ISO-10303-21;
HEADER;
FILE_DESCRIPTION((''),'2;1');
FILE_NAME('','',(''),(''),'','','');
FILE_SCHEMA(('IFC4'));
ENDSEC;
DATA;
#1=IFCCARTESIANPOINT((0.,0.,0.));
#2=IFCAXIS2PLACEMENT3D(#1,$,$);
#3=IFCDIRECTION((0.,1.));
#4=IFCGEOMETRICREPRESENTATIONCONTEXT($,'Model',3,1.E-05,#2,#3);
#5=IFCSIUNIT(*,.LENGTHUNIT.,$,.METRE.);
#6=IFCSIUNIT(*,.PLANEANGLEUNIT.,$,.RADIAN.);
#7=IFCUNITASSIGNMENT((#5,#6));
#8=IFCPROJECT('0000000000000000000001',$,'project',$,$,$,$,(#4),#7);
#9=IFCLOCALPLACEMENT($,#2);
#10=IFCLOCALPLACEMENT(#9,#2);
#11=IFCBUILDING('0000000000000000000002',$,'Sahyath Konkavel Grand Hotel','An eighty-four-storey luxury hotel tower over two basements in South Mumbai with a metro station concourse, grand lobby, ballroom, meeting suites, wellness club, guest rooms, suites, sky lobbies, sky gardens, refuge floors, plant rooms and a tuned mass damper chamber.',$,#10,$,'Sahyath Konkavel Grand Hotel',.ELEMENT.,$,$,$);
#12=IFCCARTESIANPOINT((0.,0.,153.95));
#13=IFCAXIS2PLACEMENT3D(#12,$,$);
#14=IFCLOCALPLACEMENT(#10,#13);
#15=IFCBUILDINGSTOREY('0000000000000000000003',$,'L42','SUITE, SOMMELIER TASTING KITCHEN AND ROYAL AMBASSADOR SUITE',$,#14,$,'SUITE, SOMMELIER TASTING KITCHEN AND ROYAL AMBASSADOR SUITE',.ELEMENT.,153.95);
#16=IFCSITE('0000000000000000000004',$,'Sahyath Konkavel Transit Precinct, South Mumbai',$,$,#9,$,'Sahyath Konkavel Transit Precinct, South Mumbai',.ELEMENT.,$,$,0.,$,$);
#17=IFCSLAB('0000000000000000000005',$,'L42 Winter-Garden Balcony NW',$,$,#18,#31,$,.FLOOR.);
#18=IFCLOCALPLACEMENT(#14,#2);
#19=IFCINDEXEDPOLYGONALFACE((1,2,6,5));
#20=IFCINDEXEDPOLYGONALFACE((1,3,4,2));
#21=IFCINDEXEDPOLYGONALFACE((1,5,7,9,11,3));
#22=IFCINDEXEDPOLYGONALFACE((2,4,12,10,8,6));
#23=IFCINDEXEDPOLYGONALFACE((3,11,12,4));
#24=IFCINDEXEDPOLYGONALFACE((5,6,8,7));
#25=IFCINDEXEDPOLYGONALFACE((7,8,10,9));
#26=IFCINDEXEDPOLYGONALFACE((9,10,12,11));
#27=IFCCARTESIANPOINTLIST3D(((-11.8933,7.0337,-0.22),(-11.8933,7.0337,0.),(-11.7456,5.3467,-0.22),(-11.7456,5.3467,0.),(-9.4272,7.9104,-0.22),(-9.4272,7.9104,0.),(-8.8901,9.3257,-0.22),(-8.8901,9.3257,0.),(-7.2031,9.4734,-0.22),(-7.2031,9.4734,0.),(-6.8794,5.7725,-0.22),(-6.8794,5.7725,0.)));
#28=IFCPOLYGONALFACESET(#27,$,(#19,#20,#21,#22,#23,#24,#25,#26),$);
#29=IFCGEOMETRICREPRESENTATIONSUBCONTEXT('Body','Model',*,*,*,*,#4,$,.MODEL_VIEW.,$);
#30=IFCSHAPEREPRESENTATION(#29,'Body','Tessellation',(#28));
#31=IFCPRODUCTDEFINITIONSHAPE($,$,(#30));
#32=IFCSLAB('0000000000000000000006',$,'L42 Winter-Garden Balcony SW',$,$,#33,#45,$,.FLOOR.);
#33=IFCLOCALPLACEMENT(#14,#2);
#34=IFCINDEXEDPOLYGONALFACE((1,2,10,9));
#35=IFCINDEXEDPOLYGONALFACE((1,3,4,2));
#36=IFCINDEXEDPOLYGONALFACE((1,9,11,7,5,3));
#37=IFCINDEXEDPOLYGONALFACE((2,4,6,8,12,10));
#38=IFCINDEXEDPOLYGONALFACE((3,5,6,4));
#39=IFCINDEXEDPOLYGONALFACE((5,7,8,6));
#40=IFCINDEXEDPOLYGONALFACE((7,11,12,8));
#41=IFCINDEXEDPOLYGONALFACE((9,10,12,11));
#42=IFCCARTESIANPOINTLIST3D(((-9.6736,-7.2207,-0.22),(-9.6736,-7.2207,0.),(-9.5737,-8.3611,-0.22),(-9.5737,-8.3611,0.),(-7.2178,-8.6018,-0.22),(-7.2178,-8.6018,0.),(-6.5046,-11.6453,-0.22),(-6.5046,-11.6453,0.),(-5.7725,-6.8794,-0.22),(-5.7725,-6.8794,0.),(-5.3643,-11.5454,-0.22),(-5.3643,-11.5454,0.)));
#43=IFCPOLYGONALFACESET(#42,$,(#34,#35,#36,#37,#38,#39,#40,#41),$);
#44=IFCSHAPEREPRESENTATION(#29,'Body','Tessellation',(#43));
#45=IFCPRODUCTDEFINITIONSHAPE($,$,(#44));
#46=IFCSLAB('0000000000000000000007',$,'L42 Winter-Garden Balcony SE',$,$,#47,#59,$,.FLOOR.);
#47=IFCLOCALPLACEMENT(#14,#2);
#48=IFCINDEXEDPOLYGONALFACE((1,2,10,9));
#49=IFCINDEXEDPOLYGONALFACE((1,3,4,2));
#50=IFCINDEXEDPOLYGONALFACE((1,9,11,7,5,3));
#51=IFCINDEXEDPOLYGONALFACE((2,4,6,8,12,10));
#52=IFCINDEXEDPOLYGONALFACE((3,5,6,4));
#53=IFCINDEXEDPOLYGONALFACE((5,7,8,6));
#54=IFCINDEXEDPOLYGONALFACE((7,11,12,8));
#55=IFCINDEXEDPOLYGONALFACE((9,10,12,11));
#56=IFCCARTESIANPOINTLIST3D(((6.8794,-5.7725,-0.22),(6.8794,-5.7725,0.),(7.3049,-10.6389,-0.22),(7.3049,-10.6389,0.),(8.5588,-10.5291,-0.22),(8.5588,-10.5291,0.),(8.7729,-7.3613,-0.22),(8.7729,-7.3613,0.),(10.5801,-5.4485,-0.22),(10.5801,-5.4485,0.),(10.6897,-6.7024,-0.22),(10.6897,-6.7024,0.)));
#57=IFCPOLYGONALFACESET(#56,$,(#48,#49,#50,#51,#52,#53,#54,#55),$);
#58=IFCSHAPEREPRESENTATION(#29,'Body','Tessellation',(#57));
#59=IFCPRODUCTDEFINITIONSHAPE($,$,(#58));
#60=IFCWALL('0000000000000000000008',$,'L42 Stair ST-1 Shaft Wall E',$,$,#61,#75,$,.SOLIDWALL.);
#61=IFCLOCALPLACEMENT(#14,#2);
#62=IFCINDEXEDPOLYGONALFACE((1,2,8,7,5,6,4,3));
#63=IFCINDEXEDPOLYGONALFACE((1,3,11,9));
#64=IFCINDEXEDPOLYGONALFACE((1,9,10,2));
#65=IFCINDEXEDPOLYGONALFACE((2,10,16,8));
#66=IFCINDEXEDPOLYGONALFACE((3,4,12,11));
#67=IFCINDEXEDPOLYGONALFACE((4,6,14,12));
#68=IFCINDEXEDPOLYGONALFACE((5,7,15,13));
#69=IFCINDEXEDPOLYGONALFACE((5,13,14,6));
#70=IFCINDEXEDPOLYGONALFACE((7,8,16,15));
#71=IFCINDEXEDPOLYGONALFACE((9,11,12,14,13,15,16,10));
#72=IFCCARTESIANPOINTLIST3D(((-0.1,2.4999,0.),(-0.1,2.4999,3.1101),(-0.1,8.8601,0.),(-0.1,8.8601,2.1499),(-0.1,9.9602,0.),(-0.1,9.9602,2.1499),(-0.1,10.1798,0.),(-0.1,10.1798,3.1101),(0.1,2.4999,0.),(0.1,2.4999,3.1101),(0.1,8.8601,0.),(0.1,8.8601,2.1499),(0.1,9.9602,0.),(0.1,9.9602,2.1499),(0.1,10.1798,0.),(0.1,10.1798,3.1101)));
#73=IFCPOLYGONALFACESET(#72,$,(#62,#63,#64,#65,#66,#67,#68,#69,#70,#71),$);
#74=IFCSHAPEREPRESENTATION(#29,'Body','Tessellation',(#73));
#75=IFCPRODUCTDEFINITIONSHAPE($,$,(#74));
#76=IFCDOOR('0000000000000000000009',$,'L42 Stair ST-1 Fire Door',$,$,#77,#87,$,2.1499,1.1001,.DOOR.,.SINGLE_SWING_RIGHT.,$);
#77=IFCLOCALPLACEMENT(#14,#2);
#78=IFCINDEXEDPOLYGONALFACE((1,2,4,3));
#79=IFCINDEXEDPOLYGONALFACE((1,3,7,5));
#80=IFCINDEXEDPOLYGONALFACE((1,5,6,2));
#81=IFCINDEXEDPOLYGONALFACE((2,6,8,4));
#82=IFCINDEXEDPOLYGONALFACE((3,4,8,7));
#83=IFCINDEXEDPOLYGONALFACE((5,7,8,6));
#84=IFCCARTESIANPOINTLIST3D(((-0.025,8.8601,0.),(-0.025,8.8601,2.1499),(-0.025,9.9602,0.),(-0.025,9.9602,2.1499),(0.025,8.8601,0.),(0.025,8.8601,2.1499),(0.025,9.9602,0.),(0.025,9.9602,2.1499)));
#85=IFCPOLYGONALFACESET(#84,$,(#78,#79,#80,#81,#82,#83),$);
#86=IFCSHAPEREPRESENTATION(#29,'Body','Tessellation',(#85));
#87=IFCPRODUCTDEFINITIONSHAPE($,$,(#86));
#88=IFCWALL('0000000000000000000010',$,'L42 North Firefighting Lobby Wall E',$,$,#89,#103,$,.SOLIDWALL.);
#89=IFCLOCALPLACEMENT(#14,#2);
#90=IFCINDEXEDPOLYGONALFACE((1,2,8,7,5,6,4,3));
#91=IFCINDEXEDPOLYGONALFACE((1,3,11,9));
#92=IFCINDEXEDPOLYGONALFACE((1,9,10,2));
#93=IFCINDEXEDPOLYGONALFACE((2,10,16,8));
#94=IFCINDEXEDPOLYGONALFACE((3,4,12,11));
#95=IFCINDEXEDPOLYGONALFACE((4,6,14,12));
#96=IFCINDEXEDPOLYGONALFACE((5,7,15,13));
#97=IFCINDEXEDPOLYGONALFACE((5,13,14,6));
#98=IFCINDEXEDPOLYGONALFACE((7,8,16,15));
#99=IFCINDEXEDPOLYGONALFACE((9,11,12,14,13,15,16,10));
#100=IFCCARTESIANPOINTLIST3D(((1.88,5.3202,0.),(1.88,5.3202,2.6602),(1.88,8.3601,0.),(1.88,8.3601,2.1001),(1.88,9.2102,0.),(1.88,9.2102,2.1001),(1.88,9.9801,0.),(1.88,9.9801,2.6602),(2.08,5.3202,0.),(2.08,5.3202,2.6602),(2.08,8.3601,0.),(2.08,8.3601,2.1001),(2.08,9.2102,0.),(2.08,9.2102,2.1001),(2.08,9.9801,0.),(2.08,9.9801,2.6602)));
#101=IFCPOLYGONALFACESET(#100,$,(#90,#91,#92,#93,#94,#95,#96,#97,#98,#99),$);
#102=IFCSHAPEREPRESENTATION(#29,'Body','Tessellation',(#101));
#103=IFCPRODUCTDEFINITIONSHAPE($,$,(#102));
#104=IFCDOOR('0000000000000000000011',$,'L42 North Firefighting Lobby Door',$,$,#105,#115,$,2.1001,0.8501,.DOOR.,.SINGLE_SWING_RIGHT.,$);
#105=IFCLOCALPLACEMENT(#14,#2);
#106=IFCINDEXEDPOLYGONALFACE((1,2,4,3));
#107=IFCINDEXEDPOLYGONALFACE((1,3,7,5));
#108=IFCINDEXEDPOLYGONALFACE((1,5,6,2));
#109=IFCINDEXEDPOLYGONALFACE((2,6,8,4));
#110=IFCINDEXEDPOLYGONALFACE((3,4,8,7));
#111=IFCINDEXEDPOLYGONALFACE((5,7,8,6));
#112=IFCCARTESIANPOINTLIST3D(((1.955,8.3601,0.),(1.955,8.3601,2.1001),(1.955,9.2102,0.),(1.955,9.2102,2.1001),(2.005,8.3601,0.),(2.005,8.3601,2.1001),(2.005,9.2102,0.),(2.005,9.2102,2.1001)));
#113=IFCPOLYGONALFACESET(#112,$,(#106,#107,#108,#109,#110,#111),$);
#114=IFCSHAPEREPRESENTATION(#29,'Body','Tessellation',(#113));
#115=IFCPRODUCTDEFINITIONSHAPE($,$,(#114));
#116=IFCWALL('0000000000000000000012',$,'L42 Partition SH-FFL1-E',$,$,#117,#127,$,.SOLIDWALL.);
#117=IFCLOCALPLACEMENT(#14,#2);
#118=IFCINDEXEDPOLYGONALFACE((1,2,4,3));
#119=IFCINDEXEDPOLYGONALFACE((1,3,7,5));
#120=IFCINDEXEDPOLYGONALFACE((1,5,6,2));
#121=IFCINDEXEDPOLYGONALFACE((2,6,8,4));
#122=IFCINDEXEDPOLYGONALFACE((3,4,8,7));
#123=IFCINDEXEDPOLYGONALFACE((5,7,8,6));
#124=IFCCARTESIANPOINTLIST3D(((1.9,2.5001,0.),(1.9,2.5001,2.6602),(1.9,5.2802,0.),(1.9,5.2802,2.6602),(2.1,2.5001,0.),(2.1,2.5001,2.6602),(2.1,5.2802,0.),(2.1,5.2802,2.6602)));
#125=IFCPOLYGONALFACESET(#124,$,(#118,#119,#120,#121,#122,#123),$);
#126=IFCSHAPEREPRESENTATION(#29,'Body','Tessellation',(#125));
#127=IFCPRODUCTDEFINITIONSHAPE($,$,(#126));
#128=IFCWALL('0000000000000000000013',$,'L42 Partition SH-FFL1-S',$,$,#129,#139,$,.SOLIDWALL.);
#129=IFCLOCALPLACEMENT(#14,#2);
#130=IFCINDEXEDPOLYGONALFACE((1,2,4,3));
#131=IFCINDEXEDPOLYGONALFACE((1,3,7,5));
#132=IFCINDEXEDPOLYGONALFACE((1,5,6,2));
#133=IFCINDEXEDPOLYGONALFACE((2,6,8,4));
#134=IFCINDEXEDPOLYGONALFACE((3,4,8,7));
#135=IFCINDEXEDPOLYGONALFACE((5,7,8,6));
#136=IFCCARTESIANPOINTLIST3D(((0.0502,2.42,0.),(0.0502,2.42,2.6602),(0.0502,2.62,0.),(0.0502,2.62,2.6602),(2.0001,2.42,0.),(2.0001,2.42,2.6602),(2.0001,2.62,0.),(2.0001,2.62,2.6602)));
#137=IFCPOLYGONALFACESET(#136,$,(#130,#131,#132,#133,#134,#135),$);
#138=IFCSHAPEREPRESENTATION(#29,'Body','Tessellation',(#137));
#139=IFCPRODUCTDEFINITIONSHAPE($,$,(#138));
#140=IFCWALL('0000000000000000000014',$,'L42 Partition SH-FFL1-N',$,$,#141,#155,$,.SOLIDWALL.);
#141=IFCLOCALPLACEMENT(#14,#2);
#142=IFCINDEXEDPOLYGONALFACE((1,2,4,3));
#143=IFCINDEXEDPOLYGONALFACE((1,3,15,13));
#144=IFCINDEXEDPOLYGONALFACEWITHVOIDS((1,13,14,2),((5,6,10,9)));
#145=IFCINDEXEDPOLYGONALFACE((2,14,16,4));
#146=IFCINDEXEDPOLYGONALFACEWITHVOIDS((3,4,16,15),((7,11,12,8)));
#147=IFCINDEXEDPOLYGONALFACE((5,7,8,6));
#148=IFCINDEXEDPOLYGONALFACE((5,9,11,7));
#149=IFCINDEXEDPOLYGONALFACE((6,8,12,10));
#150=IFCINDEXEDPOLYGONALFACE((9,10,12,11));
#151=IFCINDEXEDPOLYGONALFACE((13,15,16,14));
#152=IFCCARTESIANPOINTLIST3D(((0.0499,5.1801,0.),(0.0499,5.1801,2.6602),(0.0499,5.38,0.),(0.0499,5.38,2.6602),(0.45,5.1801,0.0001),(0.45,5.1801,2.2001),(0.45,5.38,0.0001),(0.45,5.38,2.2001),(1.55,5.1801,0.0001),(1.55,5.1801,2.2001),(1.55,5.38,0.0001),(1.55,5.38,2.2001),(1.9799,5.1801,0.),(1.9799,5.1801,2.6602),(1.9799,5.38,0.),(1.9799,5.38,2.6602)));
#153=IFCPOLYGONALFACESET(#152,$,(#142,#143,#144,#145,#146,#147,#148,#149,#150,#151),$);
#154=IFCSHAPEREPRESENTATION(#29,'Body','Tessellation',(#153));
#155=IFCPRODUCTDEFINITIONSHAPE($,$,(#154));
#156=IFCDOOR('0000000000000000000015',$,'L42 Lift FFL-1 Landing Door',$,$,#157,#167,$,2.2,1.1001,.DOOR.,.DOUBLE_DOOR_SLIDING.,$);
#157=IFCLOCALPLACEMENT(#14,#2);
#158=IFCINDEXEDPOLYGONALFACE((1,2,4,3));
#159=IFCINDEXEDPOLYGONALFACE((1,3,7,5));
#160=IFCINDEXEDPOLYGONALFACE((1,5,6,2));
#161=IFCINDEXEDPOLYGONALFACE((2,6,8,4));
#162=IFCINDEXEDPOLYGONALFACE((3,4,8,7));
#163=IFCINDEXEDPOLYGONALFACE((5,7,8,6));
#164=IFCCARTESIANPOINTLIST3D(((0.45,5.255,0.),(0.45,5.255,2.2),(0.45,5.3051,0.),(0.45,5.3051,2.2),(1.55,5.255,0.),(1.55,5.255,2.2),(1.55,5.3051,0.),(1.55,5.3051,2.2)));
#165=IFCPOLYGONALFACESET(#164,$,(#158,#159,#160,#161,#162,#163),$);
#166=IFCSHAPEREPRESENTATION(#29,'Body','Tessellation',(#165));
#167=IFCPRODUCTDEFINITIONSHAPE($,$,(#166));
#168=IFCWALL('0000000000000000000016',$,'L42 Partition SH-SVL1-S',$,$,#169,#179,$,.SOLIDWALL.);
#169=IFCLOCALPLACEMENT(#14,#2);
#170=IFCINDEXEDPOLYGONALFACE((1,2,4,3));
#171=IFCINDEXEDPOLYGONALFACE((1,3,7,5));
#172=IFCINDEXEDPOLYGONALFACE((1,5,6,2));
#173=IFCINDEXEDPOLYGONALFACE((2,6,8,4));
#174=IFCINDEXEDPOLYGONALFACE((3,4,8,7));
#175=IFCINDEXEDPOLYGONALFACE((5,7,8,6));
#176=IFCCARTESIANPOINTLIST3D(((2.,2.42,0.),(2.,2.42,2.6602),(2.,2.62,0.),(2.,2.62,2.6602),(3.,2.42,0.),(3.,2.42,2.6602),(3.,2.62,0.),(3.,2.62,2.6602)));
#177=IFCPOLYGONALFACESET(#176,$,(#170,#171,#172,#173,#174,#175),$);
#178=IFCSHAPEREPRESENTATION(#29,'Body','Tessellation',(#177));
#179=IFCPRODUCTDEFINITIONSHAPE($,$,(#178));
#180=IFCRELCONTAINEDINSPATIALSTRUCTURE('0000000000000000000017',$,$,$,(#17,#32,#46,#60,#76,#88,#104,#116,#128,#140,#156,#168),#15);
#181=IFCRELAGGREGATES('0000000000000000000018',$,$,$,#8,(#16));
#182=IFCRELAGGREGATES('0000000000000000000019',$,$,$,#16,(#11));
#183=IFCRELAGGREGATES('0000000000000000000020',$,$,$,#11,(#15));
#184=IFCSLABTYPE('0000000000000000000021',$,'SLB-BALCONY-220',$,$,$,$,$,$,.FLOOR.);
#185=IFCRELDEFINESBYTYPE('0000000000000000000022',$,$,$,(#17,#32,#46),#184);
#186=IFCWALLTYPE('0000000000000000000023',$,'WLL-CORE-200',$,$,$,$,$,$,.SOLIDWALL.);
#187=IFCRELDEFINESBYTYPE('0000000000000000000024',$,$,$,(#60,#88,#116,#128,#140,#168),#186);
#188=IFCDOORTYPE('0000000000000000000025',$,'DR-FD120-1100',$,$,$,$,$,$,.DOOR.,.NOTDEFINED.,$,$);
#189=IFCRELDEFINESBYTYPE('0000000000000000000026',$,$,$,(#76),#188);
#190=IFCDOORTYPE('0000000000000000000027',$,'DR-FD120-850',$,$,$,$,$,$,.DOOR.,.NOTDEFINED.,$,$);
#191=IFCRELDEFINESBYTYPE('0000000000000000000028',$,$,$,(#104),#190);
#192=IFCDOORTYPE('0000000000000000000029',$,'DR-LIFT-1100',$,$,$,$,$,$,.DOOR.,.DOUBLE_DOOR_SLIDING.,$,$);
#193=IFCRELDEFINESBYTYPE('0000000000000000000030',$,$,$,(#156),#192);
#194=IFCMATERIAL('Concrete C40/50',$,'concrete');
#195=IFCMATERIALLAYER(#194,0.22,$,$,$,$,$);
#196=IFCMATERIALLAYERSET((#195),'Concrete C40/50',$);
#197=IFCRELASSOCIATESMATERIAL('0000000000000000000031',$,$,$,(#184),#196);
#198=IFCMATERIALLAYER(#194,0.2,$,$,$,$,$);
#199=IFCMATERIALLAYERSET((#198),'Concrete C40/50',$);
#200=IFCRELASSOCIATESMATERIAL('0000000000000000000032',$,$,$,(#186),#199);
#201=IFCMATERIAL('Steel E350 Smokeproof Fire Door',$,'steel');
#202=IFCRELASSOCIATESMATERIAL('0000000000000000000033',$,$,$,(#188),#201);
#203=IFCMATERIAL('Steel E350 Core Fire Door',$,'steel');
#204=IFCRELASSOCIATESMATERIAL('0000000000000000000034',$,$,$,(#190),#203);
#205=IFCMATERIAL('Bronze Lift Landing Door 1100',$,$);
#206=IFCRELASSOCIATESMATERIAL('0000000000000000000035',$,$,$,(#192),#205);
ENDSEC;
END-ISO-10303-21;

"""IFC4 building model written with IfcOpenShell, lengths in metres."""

from ifc_helpers import new_model, si_unit, direction, frame, frame_2d, origin, origin_2d, place, context, subcontext, project, spatial, polyline, rectangle, outline, extrude, source, transform, mapped, material, layer, layer_set, type_object, element, fill, save


model = new_model("IFC4")

# Units and contexts
model_context = context("Model", 3, precision=1e-05, world=origin(), true_north=direction((0.0, 1.0)))
body_context = subcontext(model_context, "Body", "Model", "MODEL_VIEW")
ifc_project = project(units=[si_unit("LENGTHUNIT", "METRE"), si_unit("PLANEANGLEUNIT", "RADIAN")], contexts=[model_context])

# Site, building, storey
site_placement = place(None, origin())
site = spatial("IfcSite", under=ifc_project, at=site_placement, Name="Sahyath Konkavel Transit Precinct, South Mumbai", LongName="Sahyath Konkavel Transit Precinct, South Mumbai", CompositionType="ELEMENT", RefElevation=0.0)
building_placement = place(site_placement, origin())
building = spatial("IfcBuilding", under=site, at=building_placement, Name="Sahyath Konkavel Grand Hotel", Description="An eighty-four-storey luxury hotel tower over two basements in South Mumbai with a metro station concourse, grand lobby, ballroom, meeting suites, wellness club, guest rooms, suites, sky lobbies, sky gardens, refuge floors, plant rooms and a tuned mass damper chamber.", LongName="Sahyath Konkavel Grand Hotel", CompositionType="ELEMENT")
storey_placement = place(building_placement, frame((0.0, 0.0, 153.95)))
storey = spatial("IfcBuildingStorey", under=building, at=storey_placement, Name="L42", Description="SUITE, SOMMELIER TASTING KITCHEN AND ROYAL AMBASSADOR SUITE", LongName="SUITE, SOMMELIER TASTING KITCHEN AND ROYAL AMBASSADOR SUITE", CompositionType="ELEMENT", Elevation=153.95)

# Slabs
ifc_material_1 = material(Name="Concrete C40/50", Category="concrete")
ifc_layer_1 = layer(ifc_material_1, 0.22)
ifc_layer_set_1 = layer_set([ifc_layer_1], Name="Concrete C40/50")
slab_type = type_object("IfcSlabType", Name="SLB-BALCONY-220", PredefinedType="FLOOR", material=ifc_layer_set_1)
slab_1_placement = place(storey_placement, frame((0.0, 0.0, -0.22)))
element("IfcSlab", 1, at=slab_1_placement, inside=storey, type_object=slab_type, Name="L42 Winter-Garden Balcony NW", PredefinedType="FLOOR", context=body_context, shape_type="SweptSolid", body=[
    extrude(outline(polyline([(-6.8794, 5.7725), (-7.2031, 9.4734), (-8.8901, 9.3257), (-9.4272, 7.9104), (-11.8933, 7.0337), (-11.7456, 5.3467), (-6.8794, 5.7725)])), origin(), (0.0, 0.0, 1.0), 0.22),
])
slab_2_placement = place(storey_placement, frame((0.0, 0.0, -0.22)))
element("IfcSlab", 2, at=slab_2_placement, inside=storey, type_object=slab_type, Name="L42 Winter-Garden Balcony SW", PredefinedType="FLOOR", context=body_context, shape_type="SweptSolid", body=[
    extrude(outline(polyline([(-5.7725, -6.8794), (-9.6736, -7.2207), (-9.5737, -8.3611), (-7.2178, -8.6018), (-6.5046, -11.6453), (-5.3643, -11.5454), (-5.7725, -6.8794)])), origin(), (0.0, 0.0, 1.0), 0.22),
])
slab_3_placement = place(storey_placement, frame((0.0, 0.0, -0.22)))
element("IfcSlab", 3, at=slab_3_placement, inside=storey, type_object=slab_type, Name="L42 Winter-Garden Balcony SE", PredefinedType="FLOOR", context=body_context, shape_type="SweptSolid", body=[
    extrude(outline(polyline([(6.8794, -5.7725), (7.3049, -10.6389), (8.5588, -10.5291), (8.7729, -7.3613), (10.6897, -6.7024), (10.5801, -5.4485), (6.8794, -5.7725)])), origin(), (0.0, 0.0, 1.0), 0.22),
])

# Walls, openings, doors
ifc_layer_2 = layer(ifc_material_1, 0.2)
ifc_layer_set_2 = layer_set([ifc_layer_2], Name="Concrete C40/50")
wall_type_1 = type_object("IfcWallType", Name="WLL-CORE-200", PredefinedType="SOLIDWALL", material=ifc_layer_set_2)
wall_1_placement = place(storey_placement, frame((0.0, 2.5, 0.0), z_axis=(0.0, 0.0, 1.0), x_axis=(0.0, 1.0, 0.0)))
wall_1 = element("IfcWall", 4, at=wall_1_placement, inside=storey, type_object=wall_type_1, Name="L42 Stair ST-1 Shaft Wall E", PredefinedType="SOLIDWALL", context=body_context, shape_type="SweptSolid", body=[
    extrude(rectangle(XDim=7.6799, YDim=0.2, at=frame_2d((3.8398, 0.0))), origin(), (0.0, 0.0, 1.0), 3.1101),
])
opening_1_placement = place(wall_1_placement, frame((6.3601, 0.0, 0.0)))
opening_1 = element("IfcOpeningElement", 5, at=opening_1_placement, cuts=wall_1, PredefinedType="OPENING", context=body_context, shape_type="SweptSolid", body=[
    extrude(rectangle(XDim=1.1001, YDim=2.1499, at=frame_2d((0.55, 1.075))), frame((0.0, 0.1099, 0.0), z_axis=(0.0, -1.0, 0.0), x_axis=(1.0, 0.0, 0.0)), (0.0, 0.0, 1.0), 0.22),
])
ifc_material_2 = material(Name="Steel E350 Smokeproof Fire Door", Category="steel")
door_type_1 = type_object("IfcDoorType", Name="DR-FD120-1100", OperationType="NOTDEFINED", PredefinedType="DOOR", material=ifc_material_2)
shared_shape_1 = source(origin(), body_context, "Body", "SweptSolid", [
    extrude(rectangle(XDim=1.1001, YDim=0.05, at=origin_2d()), origin(), (0.0, 0.0, 1.0), 2.1499),
])
door_1_placement = place(opening_1_placement, frame((0.55, 0.0, 0.0)))
door_1 = element("IfcDoor", 6, at=door_1_placement, inside=storey, type_object=door_type_1, Name="L42 Stair ST-1 Fire Door", OperationType="SINGLE_SWING_RIGHT", OverallHeight=2.1499, OverallWidth=1.1001, PredefinedType="DOOR", context=body_context, shape_type="MappedRepresentation", body=[
    mapped(shared_shape_1, transform((0.0, 0.0, 0.0), scale=1.0)),
])
fill(opening_1, door_1)
wall_2_placement = place(storey_placement, frame((1.98, 5.3201, 0.0), z_axis=(0.0, 0.0, 1.0), x_axis=(0.0, 1.0, 0.0)))
wall_2 = element("IfcWall", 7, at=wall_2_placement, inside=storey, type_object=wall_type_1, Name="L42 North Firefighting Lobby Wall E", PredefinedType="SOLIDWALL", context=body_context, shape_type="SweptSolid", body=[
    extrude(rectangle(XDim=4.6599, YDim=0.2, at=frame_2d((2.3301, 0.0))), origin(), (0.0, 0.0, 1.0), 2.6602),
])
opening_2_placement = place(wall_2_placement, frame((3.04, 0.0, 0.0)))
opening_2 = element("IfcOpeningElement", 8, at=opening_2_placement, cuts=wall_2, PredefinedType="OPENING", context=body_context, shape_type="SweptSolid", body=[
    extrude(rectangle(XDim=0.8501, YDim=2.1001, at=frame_2d((0.425, 1.05))), frame((0.0, 0.1099, 0.0), z_axis=(0.0, -1.0, 0.0), x_axis=(1.0, 0.0, 0.0)), (0.0, 0.0, 1.0), 0.22),
])
ifc_material_3 = material(Name="Steel E350 Core Fire Door", Category="steel")
door_type_2 = type_object("IfcDoorType", Name="DR-FD120-850", OperationType="NOTDEFINED", PredefinedType="DOOR", material=ifc_material_3)
shared_shape_2 = source(origin(), body_context, "Body", "SweptSolid", [
    extrude(rectangle(XDim=0.8501, YDim=0.05, at=origin_2d()), origin(), (0.0, 0.0, 1.0), 2.1001),
])
door_2_placement = place(opening_2_placement, frame((0.425, 0.0, 0.0)))
door_2 = element("IfcDoor", 9, at=door_2_placement, inside=storey, type_object=door_type_2, Name="L42 North Firefighting Lobby Door", OperationType="SINGLE_SWING_RIGHT", OverallHeight=2.1001, OverallWidth=0.8501, PredefinedType="DOOR", context=body_context, shape_type="MappedRepresentation", body=[
    mapped(shared_shape_2, transform((0.0, 0.0, 0.0), scale=1.0)),
])
fill(opening_2, door_2)

# Walls
wall_3_placement = place(storey_placement, frame((2.0, 2.5, 0.0), z_axis=(0.0, 0.0, 1.0), x_axis=(0.0, 1.0, 0.0)))
element("IfcWall", 10, at=wall_3_placement, inside=storey, type_object=wall_type_1, Name="L42 Partition SH-FFL1-E", PredefinedType="SOLIDWALL", context=body_context, shape_type="SweptSolid", body=[
    extrude(rectangle(XDim=2.78, YDim=0.2, at=frame_2d((1.3901, 0.0))), origin(), (0.0, 0.0, 1.0), 2.6602),
])
wall_4_placement = place(storey_placement, frame((0.05, 2.52, 0.0), z_axis=(0.0, 0.0, 1.0), x_axis=(1.0, 0.0, 0.0)))
element("IfcWall", 11, at=wall_4_placement, inside=storey, type_object=wall_type_1, Name="L42 Partition SH-FFL1-S", PredefinedType="SOLIDWALL", context=body_context, shape_type="SweptSolid", body=[
    extrude(rectangle(XDim=1.95, YDim=0.2, at=frame_2d((0.9751, 0.0))), origin(), (0.0, 0.0, 1.0), 2.6602),
])

# Wall, opening, door
wall_5_placement = place(storey_placement, frame((0.05, 5.28, 0.0), z_axis=(0.0, 0.0, 1.0), x_axis=(1.0, 0.0, 0.0)))
wall_5 = element("IfcWall", 12, at=wall_5_placement, inside=storey, type_object=wall_type_1, Name="L42 Partition SH-FFL1-N", PredefinedType="SOLIDWALL", context=body_context, shape_type="SweptSolid", body=[
    extrude(rectangle(XDim=1.9299, YDim=0.2, at=frame_2d((0.9648, 0.0))), origin(), (0.0, 0.0, 1.0), 2.6602),
])
opening_3_placement = place(wall_5_placement, frame((0.3999, 0.0, 0.0)))
opening_3 = element("IfcOpeningElement", 13, at=opening_3_placement, cuts=wall_5, PredefinedType="OPENING", context=body_context, shape_type="SweptSolid", body=[
    extrude(rectangle(XDim=1.1001, YDim=2.2, at=frame_2d((0.55, 1.1001))), frame((0.0, 0.1099, 0.0), z_axis=(0.0, -1.0, 0.0), x_axis=(1.0, 0.0, 0.0)), (0.0, 0.0, 1.0), 0.22),
])
ifc_material_4 = material(Name="Bronze Lift Landing Door 1100")
door_type_3 = type_object("IfcDoorType", Name="DR-LIFT-1100", OperationType="DOUBLE_DOOR_SLIDING", PredefinedType="DOOR", material=ifc_material_4)
shared_shape_3 = source(origin(), body_context, "Body", "SweptSolid", [
    extrude(rectangle(XDim=1.1001, YDim=0.05, at=origin_2d()), origin(), (0.0, 0.0, 1.0), 2.2),
])
door_3_placement = place(opening_3_placement, frame((0.55, 0.0, 0.0)))
door_3 = element("IfcDoor", 14, at=door_3_placement, inside=storey, type_object=door_type_3, Name="L42 Lift FFL-1 Landing Door", OperationType="DOUBLE_DOOR_SLIDING", OverallHeight=2.2, OverallWidth=1.1001, PredefinedType="DOOR", context=body_context, shape_type="MappedRepresentation", body=[
    mapped(shared_shape_3, transform((0.0, 0.0, 0.0), scale=1.0)),
])
fill(opening_3, door_3)

# Wall
wall_6_placement = place(storey_placement, frame((2.0, 2.52, 0.0), z_axis=(0.0, 0.0, 1.0), x_axis=(1.0, 0.0, 0.0)))
element("IfcWall", 15, at=wall_6_placement, inside=storey, type_object=wall_type_1, Name="L42 Partition SH-SVL1-S", PredefinedType="SOLIDWALL", context=body_context, shape_type="SweptSolid", body=[
    extrude(rectangle(XDim=1.0, YDim=0.2, at=frame_2d((0.5, 0.0))), origin(), (0.0, 0.0, 1.0), 2.6602),
])

save(model, "model.ifc")
